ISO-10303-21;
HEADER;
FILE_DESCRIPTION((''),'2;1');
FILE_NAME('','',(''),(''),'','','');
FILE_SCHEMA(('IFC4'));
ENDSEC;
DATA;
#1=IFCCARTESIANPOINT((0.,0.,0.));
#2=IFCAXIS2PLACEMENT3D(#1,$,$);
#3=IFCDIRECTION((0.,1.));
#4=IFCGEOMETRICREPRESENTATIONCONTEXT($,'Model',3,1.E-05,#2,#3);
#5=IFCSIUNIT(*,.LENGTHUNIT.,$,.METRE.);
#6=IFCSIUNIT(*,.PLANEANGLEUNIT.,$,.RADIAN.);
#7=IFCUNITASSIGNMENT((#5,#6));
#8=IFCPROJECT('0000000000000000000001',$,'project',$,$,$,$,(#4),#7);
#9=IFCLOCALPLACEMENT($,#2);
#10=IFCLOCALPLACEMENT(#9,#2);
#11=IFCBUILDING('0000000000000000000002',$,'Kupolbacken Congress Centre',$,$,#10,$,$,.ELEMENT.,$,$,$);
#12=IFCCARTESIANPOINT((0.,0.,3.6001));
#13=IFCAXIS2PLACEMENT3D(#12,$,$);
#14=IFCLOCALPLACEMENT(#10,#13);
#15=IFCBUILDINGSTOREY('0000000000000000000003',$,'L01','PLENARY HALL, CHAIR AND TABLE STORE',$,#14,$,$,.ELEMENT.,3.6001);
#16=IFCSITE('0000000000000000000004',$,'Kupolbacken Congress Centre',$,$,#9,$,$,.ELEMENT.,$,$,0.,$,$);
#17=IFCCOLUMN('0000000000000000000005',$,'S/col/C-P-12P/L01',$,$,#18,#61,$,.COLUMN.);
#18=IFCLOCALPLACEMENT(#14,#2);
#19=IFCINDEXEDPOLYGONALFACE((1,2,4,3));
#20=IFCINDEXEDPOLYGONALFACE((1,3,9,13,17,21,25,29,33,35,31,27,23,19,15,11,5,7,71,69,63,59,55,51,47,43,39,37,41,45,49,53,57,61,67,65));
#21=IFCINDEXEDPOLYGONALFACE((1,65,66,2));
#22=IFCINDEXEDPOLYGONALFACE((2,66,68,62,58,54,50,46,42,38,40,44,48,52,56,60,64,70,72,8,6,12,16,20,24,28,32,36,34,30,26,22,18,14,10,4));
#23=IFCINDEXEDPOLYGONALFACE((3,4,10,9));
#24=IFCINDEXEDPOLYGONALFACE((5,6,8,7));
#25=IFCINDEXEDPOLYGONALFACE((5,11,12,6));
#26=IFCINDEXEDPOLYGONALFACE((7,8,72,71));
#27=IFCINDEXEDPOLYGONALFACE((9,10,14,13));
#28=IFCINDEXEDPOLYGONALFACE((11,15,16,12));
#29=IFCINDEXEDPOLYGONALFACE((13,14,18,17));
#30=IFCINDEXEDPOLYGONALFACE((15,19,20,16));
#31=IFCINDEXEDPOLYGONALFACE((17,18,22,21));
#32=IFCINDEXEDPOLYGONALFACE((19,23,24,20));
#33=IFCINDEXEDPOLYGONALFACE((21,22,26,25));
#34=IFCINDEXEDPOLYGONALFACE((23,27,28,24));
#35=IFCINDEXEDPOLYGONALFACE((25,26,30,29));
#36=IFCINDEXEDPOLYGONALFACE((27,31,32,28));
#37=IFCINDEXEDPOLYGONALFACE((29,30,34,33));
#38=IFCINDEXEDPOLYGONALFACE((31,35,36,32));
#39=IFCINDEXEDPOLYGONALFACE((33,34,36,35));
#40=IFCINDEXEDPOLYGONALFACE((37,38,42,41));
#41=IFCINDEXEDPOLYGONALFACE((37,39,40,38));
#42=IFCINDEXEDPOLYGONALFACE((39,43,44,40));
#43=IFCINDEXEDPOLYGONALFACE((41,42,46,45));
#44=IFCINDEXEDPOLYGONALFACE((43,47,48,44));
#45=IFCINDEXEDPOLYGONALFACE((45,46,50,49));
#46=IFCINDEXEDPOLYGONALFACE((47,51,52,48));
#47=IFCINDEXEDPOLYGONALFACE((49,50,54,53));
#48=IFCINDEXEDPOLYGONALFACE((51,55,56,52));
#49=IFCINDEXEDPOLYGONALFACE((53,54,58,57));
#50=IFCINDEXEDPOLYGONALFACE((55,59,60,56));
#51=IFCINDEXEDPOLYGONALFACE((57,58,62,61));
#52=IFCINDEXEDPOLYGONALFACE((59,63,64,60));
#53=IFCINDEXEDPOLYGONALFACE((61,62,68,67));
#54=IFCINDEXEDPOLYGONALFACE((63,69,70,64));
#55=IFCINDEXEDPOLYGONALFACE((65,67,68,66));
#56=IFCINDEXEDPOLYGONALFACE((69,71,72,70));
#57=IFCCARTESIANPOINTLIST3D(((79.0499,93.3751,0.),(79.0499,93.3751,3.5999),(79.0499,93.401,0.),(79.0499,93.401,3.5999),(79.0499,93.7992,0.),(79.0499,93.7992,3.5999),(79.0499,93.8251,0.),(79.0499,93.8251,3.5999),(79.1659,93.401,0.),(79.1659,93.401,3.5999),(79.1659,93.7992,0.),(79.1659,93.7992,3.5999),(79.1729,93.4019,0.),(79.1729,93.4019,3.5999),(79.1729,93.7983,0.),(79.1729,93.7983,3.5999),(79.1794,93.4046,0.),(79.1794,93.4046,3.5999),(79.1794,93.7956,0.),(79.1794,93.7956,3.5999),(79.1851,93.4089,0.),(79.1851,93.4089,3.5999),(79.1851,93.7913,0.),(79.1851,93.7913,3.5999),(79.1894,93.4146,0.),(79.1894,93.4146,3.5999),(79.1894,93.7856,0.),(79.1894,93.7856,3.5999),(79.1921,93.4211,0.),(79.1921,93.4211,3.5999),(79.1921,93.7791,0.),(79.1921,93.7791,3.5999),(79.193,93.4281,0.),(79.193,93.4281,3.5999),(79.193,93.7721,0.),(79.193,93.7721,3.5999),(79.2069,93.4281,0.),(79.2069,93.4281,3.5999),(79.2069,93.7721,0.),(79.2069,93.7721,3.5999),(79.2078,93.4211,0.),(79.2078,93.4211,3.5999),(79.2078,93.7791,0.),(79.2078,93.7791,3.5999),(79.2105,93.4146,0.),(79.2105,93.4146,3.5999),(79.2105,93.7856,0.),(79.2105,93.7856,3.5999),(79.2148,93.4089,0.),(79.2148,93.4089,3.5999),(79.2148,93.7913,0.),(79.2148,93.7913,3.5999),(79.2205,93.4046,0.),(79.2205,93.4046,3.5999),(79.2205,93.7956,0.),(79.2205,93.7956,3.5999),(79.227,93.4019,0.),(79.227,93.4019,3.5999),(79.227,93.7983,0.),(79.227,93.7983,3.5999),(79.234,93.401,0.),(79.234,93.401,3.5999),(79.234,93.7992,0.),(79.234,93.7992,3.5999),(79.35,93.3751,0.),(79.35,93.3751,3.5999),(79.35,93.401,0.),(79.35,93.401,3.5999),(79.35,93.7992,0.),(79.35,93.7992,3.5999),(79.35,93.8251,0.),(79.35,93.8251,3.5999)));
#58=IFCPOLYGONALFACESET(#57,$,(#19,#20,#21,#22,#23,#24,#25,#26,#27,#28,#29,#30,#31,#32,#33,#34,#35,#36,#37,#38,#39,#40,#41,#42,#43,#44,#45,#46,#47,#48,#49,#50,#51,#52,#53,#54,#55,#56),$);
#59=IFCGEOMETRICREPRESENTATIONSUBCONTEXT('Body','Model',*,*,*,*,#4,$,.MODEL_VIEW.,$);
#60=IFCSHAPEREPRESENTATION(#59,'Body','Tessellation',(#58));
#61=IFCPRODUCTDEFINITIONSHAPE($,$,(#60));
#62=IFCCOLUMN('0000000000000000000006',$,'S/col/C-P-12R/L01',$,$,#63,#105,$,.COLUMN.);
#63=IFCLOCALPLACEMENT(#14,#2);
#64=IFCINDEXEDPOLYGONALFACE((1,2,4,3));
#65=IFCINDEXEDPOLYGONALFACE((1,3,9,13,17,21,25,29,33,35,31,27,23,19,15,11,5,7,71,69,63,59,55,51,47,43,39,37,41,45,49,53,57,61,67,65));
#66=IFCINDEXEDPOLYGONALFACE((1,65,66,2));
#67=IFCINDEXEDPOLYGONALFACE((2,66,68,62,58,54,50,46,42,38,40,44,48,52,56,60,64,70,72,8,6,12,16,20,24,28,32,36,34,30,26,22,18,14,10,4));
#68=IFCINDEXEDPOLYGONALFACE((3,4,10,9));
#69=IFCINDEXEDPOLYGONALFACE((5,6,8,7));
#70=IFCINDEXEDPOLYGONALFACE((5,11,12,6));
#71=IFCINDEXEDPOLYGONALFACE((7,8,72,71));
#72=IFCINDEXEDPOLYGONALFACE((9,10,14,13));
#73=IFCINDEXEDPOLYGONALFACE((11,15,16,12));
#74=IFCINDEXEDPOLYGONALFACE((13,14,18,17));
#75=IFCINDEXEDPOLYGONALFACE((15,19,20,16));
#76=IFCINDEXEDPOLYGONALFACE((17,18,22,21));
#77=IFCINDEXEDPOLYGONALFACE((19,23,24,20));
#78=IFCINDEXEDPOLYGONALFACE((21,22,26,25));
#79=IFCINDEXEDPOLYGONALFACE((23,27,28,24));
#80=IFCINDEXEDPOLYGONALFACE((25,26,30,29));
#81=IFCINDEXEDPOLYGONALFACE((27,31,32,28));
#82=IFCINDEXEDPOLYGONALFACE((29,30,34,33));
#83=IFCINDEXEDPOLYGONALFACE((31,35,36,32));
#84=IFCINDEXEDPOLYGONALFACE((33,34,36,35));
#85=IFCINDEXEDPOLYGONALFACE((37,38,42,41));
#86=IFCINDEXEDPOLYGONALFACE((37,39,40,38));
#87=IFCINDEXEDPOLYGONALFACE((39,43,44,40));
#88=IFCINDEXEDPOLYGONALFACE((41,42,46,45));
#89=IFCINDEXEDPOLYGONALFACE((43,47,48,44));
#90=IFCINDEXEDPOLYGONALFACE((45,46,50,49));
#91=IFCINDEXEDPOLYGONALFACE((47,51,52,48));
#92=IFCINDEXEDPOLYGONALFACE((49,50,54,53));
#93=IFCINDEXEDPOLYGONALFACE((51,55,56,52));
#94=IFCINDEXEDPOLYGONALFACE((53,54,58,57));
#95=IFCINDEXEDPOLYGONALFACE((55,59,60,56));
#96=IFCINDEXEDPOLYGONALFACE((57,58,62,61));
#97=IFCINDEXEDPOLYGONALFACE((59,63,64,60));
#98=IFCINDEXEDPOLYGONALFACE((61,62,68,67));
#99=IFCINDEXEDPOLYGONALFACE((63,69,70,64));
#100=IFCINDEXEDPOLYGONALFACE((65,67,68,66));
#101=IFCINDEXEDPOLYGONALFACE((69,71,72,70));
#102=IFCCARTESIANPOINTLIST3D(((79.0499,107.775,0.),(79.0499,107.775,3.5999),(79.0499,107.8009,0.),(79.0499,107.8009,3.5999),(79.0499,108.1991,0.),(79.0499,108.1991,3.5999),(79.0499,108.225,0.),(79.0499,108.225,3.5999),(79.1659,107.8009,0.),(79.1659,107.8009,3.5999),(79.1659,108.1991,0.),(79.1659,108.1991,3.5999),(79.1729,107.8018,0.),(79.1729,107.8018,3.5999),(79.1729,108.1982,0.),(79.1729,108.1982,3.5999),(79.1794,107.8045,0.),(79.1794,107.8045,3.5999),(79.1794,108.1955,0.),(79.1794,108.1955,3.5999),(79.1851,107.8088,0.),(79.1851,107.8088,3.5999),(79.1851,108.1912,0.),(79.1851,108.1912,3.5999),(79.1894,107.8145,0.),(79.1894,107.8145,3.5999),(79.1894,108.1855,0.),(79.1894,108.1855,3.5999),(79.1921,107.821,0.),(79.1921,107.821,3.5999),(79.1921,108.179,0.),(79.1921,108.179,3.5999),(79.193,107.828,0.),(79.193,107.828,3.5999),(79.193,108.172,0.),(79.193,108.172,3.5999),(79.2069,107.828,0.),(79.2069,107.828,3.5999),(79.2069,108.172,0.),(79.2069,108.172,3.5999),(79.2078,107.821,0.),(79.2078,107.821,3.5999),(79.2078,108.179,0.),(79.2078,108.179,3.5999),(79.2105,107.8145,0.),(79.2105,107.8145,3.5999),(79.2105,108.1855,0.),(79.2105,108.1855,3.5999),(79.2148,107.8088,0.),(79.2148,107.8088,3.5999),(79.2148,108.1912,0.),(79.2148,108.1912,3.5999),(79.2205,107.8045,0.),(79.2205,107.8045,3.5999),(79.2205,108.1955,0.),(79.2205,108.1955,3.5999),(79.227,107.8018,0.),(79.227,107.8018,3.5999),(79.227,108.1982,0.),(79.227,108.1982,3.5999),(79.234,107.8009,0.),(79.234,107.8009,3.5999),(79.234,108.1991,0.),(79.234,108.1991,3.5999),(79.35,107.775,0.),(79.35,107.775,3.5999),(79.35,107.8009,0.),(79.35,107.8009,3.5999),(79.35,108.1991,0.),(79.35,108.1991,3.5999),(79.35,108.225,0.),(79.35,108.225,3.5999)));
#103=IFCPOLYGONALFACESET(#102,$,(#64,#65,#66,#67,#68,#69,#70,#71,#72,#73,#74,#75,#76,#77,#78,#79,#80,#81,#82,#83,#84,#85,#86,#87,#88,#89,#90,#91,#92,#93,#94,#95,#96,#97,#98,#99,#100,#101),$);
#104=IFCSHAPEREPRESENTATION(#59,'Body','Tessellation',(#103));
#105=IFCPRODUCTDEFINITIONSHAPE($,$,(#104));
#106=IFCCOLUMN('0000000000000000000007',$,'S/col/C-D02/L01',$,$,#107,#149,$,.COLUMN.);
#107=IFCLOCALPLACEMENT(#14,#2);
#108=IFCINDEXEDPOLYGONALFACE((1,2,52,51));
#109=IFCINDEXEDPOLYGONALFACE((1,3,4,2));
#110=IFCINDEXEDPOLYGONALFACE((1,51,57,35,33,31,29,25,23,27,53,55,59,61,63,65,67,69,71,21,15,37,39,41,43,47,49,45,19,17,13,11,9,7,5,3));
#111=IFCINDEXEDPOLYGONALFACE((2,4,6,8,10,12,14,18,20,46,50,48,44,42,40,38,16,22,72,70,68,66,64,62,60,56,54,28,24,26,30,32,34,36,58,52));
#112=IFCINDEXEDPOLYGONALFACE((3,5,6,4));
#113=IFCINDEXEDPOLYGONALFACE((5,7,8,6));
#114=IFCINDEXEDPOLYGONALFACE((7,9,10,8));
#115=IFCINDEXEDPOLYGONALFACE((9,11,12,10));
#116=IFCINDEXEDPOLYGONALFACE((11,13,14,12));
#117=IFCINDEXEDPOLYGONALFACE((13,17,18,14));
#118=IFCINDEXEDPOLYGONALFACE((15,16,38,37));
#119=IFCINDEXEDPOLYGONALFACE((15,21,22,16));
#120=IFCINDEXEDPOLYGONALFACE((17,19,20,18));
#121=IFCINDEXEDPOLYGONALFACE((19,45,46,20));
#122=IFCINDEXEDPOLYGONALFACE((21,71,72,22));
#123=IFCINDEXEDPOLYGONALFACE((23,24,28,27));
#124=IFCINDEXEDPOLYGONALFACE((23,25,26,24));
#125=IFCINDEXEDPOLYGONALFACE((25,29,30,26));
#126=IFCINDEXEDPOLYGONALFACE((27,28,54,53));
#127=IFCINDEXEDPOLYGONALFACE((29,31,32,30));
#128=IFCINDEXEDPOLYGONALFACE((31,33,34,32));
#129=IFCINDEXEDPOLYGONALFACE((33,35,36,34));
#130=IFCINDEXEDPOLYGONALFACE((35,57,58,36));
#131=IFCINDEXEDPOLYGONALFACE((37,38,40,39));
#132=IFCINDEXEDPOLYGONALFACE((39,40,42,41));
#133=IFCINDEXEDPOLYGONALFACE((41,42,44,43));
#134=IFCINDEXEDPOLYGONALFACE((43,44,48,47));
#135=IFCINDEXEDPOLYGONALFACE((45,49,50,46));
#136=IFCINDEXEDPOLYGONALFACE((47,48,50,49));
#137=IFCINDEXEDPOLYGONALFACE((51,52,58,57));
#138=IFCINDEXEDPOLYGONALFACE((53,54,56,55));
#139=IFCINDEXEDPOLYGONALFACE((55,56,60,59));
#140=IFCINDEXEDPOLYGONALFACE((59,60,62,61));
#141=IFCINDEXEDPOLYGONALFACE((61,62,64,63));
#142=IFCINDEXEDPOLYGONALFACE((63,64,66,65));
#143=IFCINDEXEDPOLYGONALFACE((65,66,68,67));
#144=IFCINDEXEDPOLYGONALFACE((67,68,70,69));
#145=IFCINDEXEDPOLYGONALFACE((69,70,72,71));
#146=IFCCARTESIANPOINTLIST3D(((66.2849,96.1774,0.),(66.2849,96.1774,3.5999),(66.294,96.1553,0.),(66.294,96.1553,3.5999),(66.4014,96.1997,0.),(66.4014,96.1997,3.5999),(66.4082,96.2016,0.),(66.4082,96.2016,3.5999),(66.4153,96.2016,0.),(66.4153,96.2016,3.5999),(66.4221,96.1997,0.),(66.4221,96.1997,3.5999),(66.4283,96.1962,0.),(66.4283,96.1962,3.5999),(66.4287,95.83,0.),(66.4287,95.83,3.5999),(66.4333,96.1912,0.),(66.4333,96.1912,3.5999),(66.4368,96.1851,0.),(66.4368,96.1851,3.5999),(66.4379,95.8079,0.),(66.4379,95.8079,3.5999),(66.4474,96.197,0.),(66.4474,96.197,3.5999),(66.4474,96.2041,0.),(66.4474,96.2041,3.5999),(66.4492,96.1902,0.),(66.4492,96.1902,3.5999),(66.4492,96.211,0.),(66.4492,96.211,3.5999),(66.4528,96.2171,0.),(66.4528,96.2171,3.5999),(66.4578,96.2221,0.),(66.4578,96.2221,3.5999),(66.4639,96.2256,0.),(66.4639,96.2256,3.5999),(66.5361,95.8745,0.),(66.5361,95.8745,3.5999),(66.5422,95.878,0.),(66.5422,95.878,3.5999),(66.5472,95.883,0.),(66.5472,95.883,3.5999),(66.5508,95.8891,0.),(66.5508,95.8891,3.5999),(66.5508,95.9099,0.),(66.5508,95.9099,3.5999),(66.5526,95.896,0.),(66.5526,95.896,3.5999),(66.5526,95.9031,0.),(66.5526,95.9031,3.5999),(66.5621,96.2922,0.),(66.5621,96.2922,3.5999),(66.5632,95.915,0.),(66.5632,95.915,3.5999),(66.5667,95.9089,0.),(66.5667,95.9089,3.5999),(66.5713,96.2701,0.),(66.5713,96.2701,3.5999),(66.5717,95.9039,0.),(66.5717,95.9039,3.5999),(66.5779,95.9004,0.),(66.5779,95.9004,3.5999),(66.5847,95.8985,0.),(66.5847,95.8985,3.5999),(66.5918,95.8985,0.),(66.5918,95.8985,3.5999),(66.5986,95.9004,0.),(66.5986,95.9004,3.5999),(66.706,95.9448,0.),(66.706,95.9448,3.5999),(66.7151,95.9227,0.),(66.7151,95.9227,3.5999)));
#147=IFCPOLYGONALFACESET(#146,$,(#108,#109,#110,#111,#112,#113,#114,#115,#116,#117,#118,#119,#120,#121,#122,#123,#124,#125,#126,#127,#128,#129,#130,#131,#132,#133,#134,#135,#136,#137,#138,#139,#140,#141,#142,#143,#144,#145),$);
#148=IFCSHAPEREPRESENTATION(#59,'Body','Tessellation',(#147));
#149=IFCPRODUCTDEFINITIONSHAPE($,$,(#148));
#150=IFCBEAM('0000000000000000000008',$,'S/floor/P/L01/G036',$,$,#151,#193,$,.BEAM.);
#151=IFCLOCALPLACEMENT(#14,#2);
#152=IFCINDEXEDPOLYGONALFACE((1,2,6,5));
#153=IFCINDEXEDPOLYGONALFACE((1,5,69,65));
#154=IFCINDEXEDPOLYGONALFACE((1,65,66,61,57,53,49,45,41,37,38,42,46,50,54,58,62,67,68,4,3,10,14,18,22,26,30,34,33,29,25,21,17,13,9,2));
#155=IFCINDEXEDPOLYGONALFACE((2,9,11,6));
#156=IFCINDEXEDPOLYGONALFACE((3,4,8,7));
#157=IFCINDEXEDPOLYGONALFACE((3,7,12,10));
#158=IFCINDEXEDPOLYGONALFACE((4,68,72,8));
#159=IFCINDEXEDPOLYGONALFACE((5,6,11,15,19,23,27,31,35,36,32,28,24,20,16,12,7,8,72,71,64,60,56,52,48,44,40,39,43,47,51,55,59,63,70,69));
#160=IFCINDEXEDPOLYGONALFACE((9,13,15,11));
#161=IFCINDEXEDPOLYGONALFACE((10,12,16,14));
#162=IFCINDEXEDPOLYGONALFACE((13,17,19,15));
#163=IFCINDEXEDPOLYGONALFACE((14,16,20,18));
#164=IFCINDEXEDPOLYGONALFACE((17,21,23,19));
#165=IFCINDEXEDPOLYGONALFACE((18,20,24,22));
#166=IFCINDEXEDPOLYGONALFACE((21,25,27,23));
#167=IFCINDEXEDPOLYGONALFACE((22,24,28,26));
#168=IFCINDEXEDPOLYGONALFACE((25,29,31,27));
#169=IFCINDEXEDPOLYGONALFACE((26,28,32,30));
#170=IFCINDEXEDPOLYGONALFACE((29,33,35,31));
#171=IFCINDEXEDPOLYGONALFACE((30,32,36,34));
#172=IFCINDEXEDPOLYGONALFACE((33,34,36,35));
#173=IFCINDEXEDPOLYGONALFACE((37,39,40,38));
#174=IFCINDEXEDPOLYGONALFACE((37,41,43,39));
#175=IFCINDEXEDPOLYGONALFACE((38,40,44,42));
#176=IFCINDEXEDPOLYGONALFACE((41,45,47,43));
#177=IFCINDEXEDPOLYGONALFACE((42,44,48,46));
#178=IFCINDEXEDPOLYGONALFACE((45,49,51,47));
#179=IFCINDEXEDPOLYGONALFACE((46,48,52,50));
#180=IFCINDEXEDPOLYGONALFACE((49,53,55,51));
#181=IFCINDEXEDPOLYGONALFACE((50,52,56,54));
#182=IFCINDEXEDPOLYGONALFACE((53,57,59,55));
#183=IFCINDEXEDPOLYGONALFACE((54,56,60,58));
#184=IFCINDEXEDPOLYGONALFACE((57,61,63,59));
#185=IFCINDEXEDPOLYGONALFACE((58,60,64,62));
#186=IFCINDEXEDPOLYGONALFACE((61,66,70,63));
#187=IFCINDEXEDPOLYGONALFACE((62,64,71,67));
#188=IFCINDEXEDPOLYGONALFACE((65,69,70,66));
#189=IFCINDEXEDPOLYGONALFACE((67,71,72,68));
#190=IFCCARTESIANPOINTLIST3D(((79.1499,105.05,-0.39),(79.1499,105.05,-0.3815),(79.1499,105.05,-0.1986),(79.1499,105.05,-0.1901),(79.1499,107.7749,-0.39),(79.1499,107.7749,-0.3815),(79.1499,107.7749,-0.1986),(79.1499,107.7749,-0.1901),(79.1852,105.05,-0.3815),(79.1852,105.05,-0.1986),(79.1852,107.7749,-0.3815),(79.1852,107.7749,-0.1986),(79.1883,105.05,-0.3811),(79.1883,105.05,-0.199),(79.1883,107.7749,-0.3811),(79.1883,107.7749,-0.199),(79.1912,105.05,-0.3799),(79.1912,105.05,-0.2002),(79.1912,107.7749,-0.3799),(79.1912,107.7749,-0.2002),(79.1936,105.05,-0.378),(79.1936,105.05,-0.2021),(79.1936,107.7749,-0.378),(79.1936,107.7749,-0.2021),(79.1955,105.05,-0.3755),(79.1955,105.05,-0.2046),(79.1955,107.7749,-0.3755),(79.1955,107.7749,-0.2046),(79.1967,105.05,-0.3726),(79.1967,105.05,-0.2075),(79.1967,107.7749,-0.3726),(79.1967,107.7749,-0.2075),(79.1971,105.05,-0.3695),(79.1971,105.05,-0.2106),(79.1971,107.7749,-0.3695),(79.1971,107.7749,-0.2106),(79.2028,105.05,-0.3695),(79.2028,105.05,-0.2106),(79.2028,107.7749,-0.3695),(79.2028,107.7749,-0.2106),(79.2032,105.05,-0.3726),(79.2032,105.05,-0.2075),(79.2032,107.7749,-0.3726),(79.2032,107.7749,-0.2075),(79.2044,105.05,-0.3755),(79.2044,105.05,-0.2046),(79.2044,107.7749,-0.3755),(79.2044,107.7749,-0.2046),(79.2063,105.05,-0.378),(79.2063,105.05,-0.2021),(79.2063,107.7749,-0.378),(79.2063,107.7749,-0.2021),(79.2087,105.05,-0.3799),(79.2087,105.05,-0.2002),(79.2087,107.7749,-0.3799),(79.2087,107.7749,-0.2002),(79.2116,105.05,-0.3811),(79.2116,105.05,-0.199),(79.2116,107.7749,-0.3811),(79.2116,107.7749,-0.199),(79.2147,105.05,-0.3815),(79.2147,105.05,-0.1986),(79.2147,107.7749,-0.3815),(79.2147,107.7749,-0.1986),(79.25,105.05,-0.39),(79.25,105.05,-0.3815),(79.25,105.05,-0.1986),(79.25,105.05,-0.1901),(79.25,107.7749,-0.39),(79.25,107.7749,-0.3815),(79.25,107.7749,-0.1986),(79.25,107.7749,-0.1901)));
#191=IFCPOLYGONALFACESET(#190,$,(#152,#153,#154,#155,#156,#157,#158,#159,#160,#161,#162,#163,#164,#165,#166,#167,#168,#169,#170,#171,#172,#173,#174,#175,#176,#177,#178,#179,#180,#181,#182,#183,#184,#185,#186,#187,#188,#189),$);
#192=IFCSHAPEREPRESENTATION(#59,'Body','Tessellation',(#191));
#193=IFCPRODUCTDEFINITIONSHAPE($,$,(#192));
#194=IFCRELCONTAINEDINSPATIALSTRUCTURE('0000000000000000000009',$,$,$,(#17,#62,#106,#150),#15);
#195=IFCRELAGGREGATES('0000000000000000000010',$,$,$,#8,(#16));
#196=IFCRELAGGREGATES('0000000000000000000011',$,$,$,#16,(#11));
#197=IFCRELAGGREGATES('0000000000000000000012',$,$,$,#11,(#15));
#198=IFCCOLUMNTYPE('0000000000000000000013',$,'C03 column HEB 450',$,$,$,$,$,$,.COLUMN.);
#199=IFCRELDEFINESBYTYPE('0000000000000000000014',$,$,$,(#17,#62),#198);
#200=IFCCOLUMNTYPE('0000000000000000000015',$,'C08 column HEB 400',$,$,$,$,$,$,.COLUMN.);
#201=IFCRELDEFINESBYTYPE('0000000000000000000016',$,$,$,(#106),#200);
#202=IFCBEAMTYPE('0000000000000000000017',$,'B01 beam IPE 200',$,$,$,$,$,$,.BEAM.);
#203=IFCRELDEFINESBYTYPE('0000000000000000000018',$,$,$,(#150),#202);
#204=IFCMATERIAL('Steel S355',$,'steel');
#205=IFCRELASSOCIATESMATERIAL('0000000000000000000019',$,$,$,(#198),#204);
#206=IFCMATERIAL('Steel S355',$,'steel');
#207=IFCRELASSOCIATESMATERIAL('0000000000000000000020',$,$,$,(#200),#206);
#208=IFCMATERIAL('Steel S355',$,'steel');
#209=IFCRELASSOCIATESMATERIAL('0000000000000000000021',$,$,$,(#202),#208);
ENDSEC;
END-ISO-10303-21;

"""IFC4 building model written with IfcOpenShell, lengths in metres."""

from ifc_helpers import new_model, si_unit, direction, frame, origin, origin_2d, place, context, subcontext, project, spatial, i_section, extrude, material, material_profile, profile_set, type_object, element, save


model = new_model("IFC4")

# Units and contexts
model_context = context("Model", 3, precision=1e-05, world=origin(), true_north=direction((0.0, 1.0)))
body_context = subcontext(model_context, "Body", "Model", "MODEL_VIEW")
ifc_project = project(units=[si_unit("LENGTHUNIT", "METRE"), si_unit("PLANEANGLEUNIT", "RADIAN")], contexts=[model_context])

# Site, building, storey
site_placement = place(None, origin())
site = spatial("IfcSite", under=ifc_project, at=site_placement, Name="Kupolbacken Congress Centre", CompositionType="ELEMENT", RefElevation=0.0)
building_placement = place(site_placement, origin())
building = spatial("IfcBuilding", under=site, at=building_placement, Name="Kupolbacken Congress Centre", CompositionType="ELEMENT")
storey_placement = place(building_placement, frame((0.0, 0.0, 3.6001)))
storey = spatial("IfcBuildingStorey", under=building, at=storey_placement, Name="L01", Description="PLENARY HALL, CHAIR AND TABLE STORE", CompositionType="ELEMENT", Elevation=3.6001)

# Columns
ifc_material_1 = material(Name="Steel S355", Category="steel")
ifc_material_profile_1 = material_profile(ifc_material_1, i_section(OverallWidth=0.3, OverallDepth=0.45, WebThickness=0.0139, FlangeThickness=0.0259, FilletRadius=0.0271, at=origin_2d()), Name="HEB 450")
ifc_profile_set_1 = profile_set([ifc_material_profile_1], Name="Steel S355")
column_type_1 = type_object("IfcColumnType", Name="C03 column HEB 450", PredefinedType="COLUMN", material=ifc_profile_set_1)
for number, where, z_axis, x_axis, name in (
    (1, (79.2, 93.6001, 0.0), (0.0, 0.0, 1.0), (1.0, 0.0, 0.0), "S/col/C-P-12P/L01"),
    (2, (79.2, 108.0, 0.0), (0.0, 0.0, 1.0), (1.0, 0.0, 0.0), "S/col/C-P-12R/L01"),
):
    element("IfcColumn", number, at=place(storey_placement, frame(where, z_axis=z_axis, x_axis=x_axis)), inside=storey, type_object=column_type_1, Name=name, PredefinedType="COLUMN", context=body_context, shape_type="SweptSolid", body=[
        extrude(i_section(OverallWidth=0.3, OverallDepth=0.45, WebThickness=0.0139, FlangeThickness=0.0259, FilletRadius=0.0271, at=origin_2d()), origin(), (0.0, 0.0, 1.0), 3.5999),
    ])
ifc_material_2 = material(Name="Steel S355", Category="steel")
ifc_material_profile_2 = material_profile(ifc_material_2, i_section(OverallWidth=0.3, OverallDepth=0.3999, WebThickness=0.0134, FlangeThickness=0.0239, FilletRadius=0.0271, at=origin_2d()), Name="HEB 400")
ifc_profile_set_2 = profile_set([ifc_material_profile_2], Name="Steel S355")
column_type_2 = type_object("IfcColumnType", Name="C08 column HEB 400", PredefinedType="COLUMN", material=ifc_profile_set_2)
column_placement = place(storey_placement, frame((66.5, 96.05, 0.0), z_axis=(0.0, 0.0, 1.0), x_axis=(0.923896, 0.382644, 0.0)))
element("IfcColumn", 3, at=column_placement, inside=storey, type_object=column_type_2, Name="S/col/C-D02/L01", PredefinedType="COLUMN", context=body_context, shape_type="SweptSolid", body=[
    extrude(i_section(OverallWidth=0.3, OverallDepth=0.3999, WebThickness=0.0134, FlangeThickness=0.0239, FilletRadius=0.0271, at=origin_2d()), origin(), (0.0, 0.0, 1.0), 3.5999),
])

# Beam
ifc_material_3 = material(Name="Steel S355", Category="steel")
ifc_material_profile_3 = material_profile(ifc_material_3, i_section(OverallWidth=0.1001, OverallDepth=0.2, WebThickness=0.0056, FlangeThickness=0.0085, FilletRadius=0.012, at=origin_2d()), Name="IPE 200")
ifc_profile_set_3 = profile_set([ifc_material_profile_3], Name="Steel S355")
beam_type_1 = type_object("IfcBeamType", Name="B01 beam IPE 200", PredefinedType="BEAM", material=ifc_profile_set_3)
beam_1_placement = place(storey_placement, frame((79.2, 105.05, -0.29), z_axis=(0.0, 1.0, 0.0), x_axis=(-1.0, 0.0, 0.0)))
element("IfcBeam", 4, at=beam_1_placement, inside=storey, type_object=beam_type_1, Name="S/floor/P/L01/G036", PredefinedType="BEAM", context=body_context, shape_type="SweptSolid", body=[
    extrude(i_section(OverallWidth=0.1001, OverallDepth=0.2, WebThickness=0.0056, FlangeThickness=0.0085, FilletRadius=0.012, at=origin_2d()), origin(), (0.0, 0.0, 1.0), 2.7249),
])

save(model, "model.ifc")
